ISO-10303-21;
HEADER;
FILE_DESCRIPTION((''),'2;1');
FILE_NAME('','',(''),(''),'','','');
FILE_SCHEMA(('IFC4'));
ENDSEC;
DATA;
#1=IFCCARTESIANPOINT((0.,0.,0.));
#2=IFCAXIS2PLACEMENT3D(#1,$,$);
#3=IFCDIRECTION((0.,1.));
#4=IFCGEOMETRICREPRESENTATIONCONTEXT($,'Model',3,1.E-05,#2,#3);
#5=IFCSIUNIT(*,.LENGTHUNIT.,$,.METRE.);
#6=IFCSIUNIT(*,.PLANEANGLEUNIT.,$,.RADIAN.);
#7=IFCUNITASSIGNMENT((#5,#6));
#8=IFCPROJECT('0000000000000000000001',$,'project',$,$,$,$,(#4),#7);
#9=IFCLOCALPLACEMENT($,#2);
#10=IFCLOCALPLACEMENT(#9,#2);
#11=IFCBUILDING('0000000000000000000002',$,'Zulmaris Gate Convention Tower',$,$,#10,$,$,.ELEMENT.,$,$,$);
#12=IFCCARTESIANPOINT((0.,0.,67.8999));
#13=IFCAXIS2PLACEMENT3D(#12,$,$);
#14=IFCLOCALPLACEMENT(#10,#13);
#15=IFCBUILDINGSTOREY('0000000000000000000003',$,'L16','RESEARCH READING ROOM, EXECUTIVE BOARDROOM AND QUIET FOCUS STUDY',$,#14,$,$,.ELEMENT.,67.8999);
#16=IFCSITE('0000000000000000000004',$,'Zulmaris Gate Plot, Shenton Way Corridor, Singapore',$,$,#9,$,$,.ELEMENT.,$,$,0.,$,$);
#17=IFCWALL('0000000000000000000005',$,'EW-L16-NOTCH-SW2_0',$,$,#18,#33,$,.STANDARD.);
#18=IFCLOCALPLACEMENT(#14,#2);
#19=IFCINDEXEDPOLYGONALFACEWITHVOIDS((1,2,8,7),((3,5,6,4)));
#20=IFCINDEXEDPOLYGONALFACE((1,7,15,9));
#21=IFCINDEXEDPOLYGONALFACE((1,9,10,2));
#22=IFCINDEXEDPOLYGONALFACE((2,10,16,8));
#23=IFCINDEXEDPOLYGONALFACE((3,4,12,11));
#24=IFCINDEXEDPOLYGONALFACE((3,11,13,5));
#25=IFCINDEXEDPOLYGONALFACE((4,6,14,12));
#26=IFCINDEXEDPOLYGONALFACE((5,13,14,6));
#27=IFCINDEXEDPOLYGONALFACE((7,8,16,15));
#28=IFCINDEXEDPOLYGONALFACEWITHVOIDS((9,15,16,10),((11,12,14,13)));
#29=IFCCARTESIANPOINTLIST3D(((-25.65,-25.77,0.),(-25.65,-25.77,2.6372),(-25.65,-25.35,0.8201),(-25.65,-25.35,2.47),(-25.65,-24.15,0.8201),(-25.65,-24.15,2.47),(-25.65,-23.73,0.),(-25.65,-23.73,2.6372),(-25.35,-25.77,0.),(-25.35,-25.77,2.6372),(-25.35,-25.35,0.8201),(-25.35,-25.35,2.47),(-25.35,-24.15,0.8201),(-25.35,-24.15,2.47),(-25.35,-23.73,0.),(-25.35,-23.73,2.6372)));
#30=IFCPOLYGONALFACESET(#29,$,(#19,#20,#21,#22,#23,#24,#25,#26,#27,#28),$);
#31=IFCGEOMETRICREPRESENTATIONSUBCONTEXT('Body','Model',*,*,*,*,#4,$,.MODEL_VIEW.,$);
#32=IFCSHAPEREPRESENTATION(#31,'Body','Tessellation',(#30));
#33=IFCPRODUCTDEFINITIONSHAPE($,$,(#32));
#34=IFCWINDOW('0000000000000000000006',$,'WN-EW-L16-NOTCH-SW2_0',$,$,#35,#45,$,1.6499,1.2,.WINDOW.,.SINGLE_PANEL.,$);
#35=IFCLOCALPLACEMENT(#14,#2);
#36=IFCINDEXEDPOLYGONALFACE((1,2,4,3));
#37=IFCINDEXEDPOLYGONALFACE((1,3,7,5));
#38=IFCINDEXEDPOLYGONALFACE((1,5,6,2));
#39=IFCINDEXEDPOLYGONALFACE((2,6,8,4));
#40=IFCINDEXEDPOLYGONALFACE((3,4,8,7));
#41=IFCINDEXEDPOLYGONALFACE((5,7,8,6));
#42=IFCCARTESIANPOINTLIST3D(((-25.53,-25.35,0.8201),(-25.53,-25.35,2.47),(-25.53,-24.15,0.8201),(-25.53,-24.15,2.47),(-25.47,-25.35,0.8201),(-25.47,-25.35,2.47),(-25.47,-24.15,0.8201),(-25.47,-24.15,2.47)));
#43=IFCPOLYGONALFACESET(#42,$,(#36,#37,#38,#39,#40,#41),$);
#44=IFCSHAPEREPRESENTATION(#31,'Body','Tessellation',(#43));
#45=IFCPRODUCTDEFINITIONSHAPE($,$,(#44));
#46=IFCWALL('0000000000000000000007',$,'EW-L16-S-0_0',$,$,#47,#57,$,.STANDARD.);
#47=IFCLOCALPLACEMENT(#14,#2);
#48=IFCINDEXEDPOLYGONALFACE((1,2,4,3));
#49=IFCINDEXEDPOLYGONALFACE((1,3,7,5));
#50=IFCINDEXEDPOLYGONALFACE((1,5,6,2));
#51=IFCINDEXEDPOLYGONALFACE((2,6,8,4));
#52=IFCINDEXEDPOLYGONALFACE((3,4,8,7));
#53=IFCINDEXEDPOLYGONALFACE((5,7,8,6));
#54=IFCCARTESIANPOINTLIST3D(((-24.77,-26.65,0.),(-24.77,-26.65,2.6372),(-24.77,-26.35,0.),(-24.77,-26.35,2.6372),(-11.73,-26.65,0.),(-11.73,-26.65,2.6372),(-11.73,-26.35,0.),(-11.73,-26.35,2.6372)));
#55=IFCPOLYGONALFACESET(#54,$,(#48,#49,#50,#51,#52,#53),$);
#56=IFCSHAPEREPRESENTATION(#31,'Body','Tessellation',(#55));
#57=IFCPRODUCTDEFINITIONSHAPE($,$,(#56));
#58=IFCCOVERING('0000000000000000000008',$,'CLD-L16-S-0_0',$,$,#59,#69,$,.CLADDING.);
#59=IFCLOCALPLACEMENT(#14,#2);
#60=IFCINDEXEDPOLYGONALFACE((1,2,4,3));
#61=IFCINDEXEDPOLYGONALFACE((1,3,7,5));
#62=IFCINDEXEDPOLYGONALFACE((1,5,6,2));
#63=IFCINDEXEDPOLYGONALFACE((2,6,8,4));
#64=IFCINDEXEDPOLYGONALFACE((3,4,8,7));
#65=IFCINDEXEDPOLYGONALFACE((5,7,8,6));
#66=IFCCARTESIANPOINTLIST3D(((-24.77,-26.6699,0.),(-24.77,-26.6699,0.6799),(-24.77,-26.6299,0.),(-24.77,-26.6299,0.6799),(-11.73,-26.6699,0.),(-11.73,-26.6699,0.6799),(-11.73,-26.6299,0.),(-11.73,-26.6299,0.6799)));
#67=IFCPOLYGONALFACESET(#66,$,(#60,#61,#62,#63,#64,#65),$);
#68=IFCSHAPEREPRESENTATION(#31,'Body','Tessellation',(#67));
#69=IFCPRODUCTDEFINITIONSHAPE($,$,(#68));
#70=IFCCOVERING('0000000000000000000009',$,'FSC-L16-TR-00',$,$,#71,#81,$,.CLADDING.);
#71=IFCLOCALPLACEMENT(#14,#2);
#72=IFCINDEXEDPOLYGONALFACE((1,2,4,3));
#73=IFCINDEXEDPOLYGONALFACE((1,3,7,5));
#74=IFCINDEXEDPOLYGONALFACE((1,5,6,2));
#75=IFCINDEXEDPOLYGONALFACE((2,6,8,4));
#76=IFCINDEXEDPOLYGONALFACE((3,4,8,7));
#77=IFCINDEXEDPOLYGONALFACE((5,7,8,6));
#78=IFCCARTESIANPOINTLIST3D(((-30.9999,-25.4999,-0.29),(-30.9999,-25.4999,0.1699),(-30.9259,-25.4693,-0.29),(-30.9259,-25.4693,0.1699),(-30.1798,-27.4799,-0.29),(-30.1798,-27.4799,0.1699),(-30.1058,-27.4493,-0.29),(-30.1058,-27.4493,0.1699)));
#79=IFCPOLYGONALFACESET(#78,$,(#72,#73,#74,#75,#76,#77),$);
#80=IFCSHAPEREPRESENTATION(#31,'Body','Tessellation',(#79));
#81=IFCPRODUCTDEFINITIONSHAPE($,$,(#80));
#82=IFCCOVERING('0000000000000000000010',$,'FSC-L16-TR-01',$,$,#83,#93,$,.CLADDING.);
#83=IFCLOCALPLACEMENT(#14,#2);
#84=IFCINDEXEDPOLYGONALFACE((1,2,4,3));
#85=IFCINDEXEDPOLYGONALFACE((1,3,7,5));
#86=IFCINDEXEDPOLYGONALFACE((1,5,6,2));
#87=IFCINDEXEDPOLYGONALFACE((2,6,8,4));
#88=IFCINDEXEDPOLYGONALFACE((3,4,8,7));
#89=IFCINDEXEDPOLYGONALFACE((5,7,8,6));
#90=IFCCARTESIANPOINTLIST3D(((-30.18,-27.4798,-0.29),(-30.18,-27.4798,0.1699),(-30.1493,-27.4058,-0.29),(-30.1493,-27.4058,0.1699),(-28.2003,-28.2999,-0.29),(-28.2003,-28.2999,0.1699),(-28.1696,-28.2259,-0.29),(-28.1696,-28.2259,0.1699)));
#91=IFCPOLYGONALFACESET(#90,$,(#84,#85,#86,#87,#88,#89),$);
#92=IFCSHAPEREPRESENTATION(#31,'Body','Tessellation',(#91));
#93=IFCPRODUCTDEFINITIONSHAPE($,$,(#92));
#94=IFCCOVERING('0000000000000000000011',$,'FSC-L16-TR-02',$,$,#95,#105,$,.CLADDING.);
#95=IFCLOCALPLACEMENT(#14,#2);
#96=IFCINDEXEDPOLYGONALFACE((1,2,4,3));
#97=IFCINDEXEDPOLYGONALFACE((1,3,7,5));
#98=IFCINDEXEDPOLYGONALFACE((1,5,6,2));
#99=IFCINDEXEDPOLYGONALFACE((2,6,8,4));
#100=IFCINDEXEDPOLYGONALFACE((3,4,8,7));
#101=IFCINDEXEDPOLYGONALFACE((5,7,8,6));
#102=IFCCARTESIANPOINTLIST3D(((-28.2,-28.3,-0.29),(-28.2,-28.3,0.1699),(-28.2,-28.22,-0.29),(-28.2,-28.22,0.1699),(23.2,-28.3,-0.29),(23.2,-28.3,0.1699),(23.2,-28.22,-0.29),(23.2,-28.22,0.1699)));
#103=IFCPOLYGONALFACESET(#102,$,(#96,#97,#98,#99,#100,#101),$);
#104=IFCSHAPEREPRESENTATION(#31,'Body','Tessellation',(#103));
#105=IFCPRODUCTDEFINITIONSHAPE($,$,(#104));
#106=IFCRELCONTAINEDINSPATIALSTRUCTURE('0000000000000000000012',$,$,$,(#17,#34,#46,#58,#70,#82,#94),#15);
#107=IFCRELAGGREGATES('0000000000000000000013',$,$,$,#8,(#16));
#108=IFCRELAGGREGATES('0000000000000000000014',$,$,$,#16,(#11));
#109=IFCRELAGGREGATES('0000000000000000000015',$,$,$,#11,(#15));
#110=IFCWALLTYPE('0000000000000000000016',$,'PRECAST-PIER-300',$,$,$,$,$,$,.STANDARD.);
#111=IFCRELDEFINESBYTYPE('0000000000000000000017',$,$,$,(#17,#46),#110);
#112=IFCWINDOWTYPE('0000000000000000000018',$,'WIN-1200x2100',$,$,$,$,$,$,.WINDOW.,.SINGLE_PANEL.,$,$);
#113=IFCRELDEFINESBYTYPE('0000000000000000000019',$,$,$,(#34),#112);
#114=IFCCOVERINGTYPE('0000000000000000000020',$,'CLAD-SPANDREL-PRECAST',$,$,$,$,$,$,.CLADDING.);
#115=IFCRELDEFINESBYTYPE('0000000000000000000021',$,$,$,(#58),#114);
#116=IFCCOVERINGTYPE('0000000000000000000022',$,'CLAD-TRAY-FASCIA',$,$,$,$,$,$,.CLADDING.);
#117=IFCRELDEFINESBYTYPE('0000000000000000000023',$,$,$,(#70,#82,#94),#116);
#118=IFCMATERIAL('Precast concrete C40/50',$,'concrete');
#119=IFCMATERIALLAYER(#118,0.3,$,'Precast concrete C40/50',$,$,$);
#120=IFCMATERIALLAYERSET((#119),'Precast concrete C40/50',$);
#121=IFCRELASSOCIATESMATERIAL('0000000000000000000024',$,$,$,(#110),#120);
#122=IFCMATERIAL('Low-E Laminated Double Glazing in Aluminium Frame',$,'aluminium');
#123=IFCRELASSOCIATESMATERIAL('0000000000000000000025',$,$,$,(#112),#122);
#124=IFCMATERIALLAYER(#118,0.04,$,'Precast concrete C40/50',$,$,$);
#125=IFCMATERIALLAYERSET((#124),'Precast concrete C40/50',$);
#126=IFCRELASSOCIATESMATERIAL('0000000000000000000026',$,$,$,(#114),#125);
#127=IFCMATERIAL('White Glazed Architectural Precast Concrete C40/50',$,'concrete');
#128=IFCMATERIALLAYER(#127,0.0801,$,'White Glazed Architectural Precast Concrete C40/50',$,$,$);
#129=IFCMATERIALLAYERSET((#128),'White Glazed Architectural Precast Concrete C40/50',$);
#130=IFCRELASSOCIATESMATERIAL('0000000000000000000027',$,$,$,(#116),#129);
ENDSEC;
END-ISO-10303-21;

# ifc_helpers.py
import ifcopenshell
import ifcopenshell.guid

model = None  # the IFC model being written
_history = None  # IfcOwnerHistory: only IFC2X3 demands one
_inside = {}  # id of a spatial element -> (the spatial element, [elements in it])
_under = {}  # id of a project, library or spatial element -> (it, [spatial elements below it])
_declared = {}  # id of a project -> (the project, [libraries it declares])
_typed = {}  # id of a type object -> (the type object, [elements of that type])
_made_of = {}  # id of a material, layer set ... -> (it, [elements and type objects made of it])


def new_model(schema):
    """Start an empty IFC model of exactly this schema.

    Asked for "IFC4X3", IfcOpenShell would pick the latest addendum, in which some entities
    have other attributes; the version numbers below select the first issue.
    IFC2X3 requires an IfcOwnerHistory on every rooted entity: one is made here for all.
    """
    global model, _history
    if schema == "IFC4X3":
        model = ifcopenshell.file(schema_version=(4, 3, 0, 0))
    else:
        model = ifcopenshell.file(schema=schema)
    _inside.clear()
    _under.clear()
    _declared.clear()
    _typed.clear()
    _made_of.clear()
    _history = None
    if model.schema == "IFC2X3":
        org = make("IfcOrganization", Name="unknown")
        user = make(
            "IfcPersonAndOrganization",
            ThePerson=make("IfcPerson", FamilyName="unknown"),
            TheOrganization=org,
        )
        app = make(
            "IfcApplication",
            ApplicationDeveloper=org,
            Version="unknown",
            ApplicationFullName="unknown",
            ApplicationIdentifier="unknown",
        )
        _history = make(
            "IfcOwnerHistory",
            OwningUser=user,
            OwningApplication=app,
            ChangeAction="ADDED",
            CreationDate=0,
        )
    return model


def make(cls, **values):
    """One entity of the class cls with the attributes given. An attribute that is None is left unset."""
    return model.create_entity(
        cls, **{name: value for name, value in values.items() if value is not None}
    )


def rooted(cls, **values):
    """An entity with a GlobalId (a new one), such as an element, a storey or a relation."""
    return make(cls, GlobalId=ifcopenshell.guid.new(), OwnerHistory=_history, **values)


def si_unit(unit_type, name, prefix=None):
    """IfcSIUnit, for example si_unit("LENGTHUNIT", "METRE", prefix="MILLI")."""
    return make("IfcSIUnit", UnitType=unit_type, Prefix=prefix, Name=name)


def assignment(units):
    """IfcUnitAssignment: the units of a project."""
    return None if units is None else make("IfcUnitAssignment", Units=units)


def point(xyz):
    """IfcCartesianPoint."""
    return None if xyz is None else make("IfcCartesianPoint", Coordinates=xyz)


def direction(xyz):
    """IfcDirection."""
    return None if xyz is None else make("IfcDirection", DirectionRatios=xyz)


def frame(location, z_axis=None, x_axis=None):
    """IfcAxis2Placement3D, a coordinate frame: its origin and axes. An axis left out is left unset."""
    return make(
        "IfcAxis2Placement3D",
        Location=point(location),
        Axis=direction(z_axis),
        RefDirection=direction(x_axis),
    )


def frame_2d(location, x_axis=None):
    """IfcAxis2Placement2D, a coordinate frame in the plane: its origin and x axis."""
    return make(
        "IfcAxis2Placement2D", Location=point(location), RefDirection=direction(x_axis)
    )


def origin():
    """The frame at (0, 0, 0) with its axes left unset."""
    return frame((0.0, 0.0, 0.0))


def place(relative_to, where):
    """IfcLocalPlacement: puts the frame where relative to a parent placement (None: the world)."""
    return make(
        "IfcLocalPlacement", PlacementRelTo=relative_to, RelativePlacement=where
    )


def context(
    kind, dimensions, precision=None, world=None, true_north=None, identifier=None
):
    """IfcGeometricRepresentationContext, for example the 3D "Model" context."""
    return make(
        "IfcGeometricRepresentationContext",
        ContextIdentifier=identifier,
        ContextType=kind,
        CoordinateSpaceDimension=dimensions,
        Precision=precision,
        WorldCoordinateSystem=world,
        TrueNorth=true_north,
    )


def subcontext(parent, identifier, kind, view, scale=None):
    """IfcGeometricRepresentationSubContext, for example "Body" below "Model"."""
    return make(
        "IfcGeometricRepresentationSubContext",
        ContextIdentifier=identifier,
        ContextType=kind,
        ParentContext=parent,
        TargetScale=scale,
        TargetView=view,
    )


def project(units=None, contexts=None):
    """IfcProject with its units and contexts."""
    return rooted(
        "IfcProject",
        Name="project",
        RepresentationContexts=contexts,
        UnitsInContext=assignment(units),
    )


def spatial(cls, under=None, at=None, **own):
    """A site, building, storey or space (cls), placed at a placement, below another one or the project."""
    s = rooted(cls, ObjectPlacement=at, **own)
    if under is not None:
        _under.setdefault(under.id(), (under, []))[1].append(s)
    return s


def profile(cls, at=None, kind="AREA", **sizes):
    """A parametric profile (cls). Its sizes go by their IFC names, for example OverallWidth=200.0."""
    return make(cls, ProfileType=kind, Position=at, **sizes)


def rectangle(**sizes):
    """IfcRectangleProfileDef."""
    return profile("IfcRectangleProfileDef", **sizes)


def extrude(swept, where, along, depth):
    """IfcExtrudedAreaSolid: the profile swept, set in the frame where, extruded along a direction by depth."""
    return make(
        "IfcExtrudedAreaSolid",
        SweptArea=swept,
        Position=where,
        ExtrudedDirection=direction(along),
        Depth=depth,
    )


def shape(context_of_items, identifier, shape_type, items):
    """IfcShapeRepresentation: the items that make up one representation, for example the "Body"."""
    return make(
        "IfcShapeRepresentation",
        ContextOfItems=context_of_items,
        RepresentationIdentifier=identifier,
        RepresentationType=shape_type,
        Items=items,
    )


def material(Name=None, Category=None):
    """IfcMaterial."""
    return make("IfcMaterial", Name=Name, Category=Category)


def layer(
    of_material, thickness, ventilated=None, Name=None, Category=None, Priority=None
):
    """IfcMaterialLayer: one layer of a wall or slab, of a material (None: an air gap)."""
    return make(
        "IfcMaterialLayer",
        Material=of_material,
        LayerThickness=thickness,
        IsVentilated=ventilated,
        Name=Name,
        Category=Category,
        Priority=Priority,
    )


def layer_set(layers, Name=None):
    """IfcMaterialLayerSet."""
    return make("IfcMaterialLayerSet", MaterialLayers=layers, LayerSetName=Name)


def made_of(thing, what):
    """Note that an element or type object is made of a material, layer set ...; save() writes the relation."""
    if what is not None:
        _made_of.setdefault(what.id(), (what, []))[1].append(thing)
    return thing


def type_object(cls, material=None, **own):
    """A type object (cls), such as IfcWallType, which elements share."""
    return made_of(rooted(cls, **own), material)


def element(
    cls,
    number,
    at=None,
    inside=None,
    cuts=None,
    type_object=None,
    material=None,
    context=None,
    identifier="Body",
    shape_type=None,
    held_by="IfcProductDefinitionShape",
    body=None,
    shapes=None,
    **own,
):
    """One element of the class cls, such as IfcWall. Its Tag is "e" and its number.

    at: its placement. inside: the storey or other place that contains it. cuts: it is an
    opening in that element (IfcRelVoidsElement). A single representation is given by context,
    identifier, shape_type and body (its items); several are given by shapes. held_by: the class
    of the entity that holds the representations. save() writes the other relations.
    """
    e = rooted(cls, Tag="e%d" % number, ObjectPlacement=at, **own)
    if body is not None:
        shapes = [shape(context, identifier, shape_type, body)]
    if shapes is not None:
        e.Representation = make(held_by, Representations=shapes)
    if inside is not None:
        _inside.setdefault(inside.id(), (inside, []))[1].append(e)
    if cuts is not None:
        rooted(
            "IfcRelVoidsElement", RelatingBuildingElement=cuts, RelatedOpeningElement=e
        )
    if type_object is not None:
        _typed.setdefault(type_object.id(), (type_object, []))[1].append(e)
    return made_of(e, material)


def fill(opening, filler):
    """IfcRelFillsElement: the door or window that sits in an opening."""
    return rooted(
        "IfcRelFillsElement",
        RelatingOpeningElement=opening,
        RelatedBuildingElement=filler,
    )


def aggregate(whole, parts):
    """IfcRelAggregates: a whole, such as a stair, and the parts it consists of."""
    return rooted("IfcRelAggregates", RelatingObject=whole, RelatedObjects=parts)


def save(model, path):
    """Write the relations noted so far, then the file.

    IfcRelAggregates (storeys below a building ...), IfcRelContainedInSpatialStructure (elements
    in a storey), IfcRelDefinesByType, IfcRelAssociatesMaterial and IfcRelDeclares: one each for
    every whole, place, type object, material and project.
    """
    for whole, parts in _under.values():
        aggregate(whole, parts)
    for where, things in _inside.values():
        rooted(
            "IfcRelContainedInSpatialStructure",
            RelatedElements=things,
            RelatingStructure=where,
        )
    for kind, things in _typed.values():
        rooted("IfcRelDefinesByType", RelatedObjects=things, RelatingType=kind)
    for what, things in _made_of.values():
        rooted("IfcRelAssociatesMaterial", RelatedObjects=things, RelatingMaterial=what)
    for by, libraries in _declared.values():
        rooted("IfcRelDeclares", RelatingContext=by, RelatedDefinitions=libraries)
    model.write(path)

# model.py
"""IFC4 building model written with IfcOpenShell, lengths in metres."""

from ifc_helpers import new_model, si_unit, direction, frame, frame_2d, origin, place, context, subcontext, project, spatial, rectangle, extrude, material, layer, layer_set, type_object, element, fill, save


model = new_model("IFC4")

# Units and contexts
model_context = context("Model", 3, precision=1e-05, world=origin(), true_north=direction((0.0, 1.0)))
body_context = subcontext(model_context, "Body", "Model", "MODEL_VIEW")
ifc_project = project(units=[si_unit("LENGTHUNIT", "METRE"), si_unit("PLANEANGLEUNIT", "RADIAN")], contexts=[model_context])

# Site, building, storey
site_placement = place(None, origin())
site = spatial("IfcSite", under=ifc_project, at=site_placement, Name="Zulmaris Gate Plot, Shenton Way Corridor, Singapore", CompositionType="ELEMENT", RefElevation=0.0)
building_placement = place(site_placement, origin())
building = spatial("IfcBuilding", under=site, at=building_placement, Name="Zulmaris Gate Convention Tower", CompositionType="ELEMENT")
storey_placement = place(building_placement, frame((0.0, 0.0, 67.8999)))
storey = spatial("IfcBuildingStorey", under=building, at=storey_placement, Name="L16", Description="RESEARCH READING ROOM, EXECUTIVE BOARDROOM AND QUIET FOCUS STUDY", CompositionType="ELEMENT", Elevation=67.8999)

# Wall, opening, window
ifc_material_1 = material(Name="Precast concrete C40/50", Category="concrete")
ifc_layer_1 = layer(ifc_material_1, 0.3, Name="Precast concrete C40/50")
ifc_layer_set_1 = layer_set([ifc_layer_1], Name="Precast concrete C40/50")
wall_type = type_object("IfcWallType", Name="PRECAST-PIER-300", PredefinedType="STANDARD", material=ifc_layer_set_1)
wall_1_placement = place(storey_placement, frame((-25.5, -23.73, 0.0), z_axis=(0.0, 0.0, 1.0), x_axis=(0.0, -1.0, 0.0)))
wall_1 = element("IfcWall", 1, at=wall_1_placement, inside=storey, type_object=wall_type, Name="EW-L16-NOTCH-SW2_0", PredefinedType="STANDARD", context=body_context, shape_type="SweptSolid", body=[
    extrude(rectangle(XDim=2.04, YDim=0.3, at=frame_2d((1.02, 0.0))), origin(), (0.0, 0.0, 1.0), 2.6372),
])
opening_placement = place(wall_1_placement, frame((0.4199, 0.0, 0.8201)))
opening = element("IfcOpeningElement", 2, at=opening_placement, cuts=wall_1, PredefinedType="OPENING", context=body_context, shape_type="SweptSolid", body=[
    extrude(rectangle(XDim=1.2, YDim=1.6499, at=frame_2d((0.6001, 0.825))), frame((0.0, 0.1602, 0.0), z_axis=(0.0, -1.0, 0.0), x_axis=(1.0, 0.0, 0.0)), (0.0, 0.0, 1.0), 0.3201),
])
ifc_material_2 = material(Name="Low-E Laminated Double Glazing in Aluminium Frame", Category="aluminium")
window_type = type_object("IfcWindowType", Name="WIN-1200x2100", PartitioningType="SINGLE_PANEL", PredefinedType="WINDOW", material=ifc_material_2)
window_placement = place(opening_placement, origin())
window = element("IfcWindow", 3, at=window_placement, inside=storey, type_object=window_type, Name="WN-EW-L16-NOTCH-SW2_0", OverallHeight=1.6499, OverallWidth=1.2, PartitioningType="SINGLE_PANEL", PredefinedType="WINDOW", context=body_context, shape_type="SweptSolid", body=[
    extrude(rectangle(XDim=1.2, YDim=1.6499, at=frame_2d((0.6001, 0.825))), frame((0.0, 0.03, 0.0), z_axis=(0.0, -1.0, 0.0), x_axis=(1.0, 0.0, 0.0)), (0.0, 0.0, 1.0), 0.0601),
])
fill(opening, window)

# Wall
wall_2_placement = place(storey_placement, frame((-24.77, -26.5, 0.0), z_axis=(0.0, 0.0, 1.0), x_axis=(1.0, 0.0, 0.0)))
element("IfcWall", 4, at=wall_2_placement, inside=storey, type_object=wall_type, Name="EW-L16-S-0_0", PredefinedType="STANDARD", context=body_context, shape_type="SweptSolid", body=[
    extrude(rectangle(XDim=13.04, YDim=0.3, at=frame_2d((6.52, 0.0))), origin(), (0.0, 0.0, 1.0), 2.6372),
])

# Coverings
ifc_layer_2 = layer(ifc_material_1, 0.04, Name="Precast concrete C40/50")
ifc_layer_set_2 = layer_set([ifc_layer_2], Name="Precast concrete C40/50")
covering_type_1 = type_object("IfcCoveringType", Name="CLAD-SPANDREL-PRECAST", PredefinedType="CLADDING", material=ifc_layer_set_2)
covering_1_placement = place(storey_placement, frame((-24.77, -26.6499, 0.0), z_axis=(0.0, 0.0, 1.0), x_axis=(1.0, 0.0, 0.0)))
element("IfcCovering", 5, at=covering_1_placement, inside=storey, type_object=covering_type_1, Name="CLD-L16-S-0_0", PredefinedType="CLADDING", context=body_context, shape_type="SweptSolid", body=[
    extrude(rectangle(XDim=13.04, YDim=0.04, at=frame_2d((6.52, 0.0))), origin(), (0.0, 0.0, 1.0), 0.6799),
])
ifc_material_3 = material(Name="White Glazed Architectural Precast Concrete C40/50", Category="concrete")
ifc_layer_3 = layer(ifc_material_3, 0.0801, Name="White Glazed Architectural Precast Concrete C40/50")
ifc_layer_set_3 = layer_set([ifc_layer_3], Name="White Glazed Architectural Precast Concrete C40/50")
covering_type_2 = type_object("IfcCoveringType", Name="CLAD-TRAY-FASCIA", PredefinedType="CLADDING", material=ifc_layer_set_3)
covering_2_placement = place(storey_placement, frame((-30.9629, -25.4846, -0.29), z_axis=(0.0, 0.0, 1.0), x_axis=(0.382657, -0.92389, 0.0)))
element("IfcCovering", 6, at=covering_2_placement, inside=storey, type_object=covering_type_2, Name="FSC-L16-TR-00", PredefinedType="CLADDING", context=body_context, shape_type="SweptSolid", body=[
    extrude(rectangle(XDim=2.1431, YDim=0.0801, at=frame_2d((1.0715, 0.0))), origin(), (0.0, 0.0, 1.0), 0.46),
])
covering_3_placement = place(storey_placement, frame((-30.1646, -27.4429, -0.29), z_axis=(0.0, 0.0, 1.0), x_axis=(0.923874, -0.382697, 0.0)))
element("IfcCovering", 7, at=covering_3_placement, inside=storey, type_object=covering_type_2, Name="FSC-L16-TR-01", PredefinedType="CLADDING", context=body_context, shape_type="SweptSolid", body=[
    extrude(rectangle(XDim=2.1428, YDim=0.0801, at=frame_2d((1.0713, 0.0))), origin(), (0.0, 0.0, 1.0), 0.46),
])
covering_4_placement = place(storey_placement, frame((-28.2, -28.26, -0.29), z_axis=(0.0, 0.0, 1.0), x_axis=(1.0, 0.0, 0.0)))
element("IfcCovering", 8, at=covering_4_placement, inside=storey, type_object=covering_type_2, Name="FSC-L16-TR-02", PredefinedType="CLADDING", context=body_context, shape_type="SweptSolid", body=[
    extrude(rectangle(XDim=51.3999, YDim=0.0801, at=frame_2d((25.7, 0.0))), origin(), (0.0, 0.0, 1.0), 0.46),
])

save(model, "model.ifc")
